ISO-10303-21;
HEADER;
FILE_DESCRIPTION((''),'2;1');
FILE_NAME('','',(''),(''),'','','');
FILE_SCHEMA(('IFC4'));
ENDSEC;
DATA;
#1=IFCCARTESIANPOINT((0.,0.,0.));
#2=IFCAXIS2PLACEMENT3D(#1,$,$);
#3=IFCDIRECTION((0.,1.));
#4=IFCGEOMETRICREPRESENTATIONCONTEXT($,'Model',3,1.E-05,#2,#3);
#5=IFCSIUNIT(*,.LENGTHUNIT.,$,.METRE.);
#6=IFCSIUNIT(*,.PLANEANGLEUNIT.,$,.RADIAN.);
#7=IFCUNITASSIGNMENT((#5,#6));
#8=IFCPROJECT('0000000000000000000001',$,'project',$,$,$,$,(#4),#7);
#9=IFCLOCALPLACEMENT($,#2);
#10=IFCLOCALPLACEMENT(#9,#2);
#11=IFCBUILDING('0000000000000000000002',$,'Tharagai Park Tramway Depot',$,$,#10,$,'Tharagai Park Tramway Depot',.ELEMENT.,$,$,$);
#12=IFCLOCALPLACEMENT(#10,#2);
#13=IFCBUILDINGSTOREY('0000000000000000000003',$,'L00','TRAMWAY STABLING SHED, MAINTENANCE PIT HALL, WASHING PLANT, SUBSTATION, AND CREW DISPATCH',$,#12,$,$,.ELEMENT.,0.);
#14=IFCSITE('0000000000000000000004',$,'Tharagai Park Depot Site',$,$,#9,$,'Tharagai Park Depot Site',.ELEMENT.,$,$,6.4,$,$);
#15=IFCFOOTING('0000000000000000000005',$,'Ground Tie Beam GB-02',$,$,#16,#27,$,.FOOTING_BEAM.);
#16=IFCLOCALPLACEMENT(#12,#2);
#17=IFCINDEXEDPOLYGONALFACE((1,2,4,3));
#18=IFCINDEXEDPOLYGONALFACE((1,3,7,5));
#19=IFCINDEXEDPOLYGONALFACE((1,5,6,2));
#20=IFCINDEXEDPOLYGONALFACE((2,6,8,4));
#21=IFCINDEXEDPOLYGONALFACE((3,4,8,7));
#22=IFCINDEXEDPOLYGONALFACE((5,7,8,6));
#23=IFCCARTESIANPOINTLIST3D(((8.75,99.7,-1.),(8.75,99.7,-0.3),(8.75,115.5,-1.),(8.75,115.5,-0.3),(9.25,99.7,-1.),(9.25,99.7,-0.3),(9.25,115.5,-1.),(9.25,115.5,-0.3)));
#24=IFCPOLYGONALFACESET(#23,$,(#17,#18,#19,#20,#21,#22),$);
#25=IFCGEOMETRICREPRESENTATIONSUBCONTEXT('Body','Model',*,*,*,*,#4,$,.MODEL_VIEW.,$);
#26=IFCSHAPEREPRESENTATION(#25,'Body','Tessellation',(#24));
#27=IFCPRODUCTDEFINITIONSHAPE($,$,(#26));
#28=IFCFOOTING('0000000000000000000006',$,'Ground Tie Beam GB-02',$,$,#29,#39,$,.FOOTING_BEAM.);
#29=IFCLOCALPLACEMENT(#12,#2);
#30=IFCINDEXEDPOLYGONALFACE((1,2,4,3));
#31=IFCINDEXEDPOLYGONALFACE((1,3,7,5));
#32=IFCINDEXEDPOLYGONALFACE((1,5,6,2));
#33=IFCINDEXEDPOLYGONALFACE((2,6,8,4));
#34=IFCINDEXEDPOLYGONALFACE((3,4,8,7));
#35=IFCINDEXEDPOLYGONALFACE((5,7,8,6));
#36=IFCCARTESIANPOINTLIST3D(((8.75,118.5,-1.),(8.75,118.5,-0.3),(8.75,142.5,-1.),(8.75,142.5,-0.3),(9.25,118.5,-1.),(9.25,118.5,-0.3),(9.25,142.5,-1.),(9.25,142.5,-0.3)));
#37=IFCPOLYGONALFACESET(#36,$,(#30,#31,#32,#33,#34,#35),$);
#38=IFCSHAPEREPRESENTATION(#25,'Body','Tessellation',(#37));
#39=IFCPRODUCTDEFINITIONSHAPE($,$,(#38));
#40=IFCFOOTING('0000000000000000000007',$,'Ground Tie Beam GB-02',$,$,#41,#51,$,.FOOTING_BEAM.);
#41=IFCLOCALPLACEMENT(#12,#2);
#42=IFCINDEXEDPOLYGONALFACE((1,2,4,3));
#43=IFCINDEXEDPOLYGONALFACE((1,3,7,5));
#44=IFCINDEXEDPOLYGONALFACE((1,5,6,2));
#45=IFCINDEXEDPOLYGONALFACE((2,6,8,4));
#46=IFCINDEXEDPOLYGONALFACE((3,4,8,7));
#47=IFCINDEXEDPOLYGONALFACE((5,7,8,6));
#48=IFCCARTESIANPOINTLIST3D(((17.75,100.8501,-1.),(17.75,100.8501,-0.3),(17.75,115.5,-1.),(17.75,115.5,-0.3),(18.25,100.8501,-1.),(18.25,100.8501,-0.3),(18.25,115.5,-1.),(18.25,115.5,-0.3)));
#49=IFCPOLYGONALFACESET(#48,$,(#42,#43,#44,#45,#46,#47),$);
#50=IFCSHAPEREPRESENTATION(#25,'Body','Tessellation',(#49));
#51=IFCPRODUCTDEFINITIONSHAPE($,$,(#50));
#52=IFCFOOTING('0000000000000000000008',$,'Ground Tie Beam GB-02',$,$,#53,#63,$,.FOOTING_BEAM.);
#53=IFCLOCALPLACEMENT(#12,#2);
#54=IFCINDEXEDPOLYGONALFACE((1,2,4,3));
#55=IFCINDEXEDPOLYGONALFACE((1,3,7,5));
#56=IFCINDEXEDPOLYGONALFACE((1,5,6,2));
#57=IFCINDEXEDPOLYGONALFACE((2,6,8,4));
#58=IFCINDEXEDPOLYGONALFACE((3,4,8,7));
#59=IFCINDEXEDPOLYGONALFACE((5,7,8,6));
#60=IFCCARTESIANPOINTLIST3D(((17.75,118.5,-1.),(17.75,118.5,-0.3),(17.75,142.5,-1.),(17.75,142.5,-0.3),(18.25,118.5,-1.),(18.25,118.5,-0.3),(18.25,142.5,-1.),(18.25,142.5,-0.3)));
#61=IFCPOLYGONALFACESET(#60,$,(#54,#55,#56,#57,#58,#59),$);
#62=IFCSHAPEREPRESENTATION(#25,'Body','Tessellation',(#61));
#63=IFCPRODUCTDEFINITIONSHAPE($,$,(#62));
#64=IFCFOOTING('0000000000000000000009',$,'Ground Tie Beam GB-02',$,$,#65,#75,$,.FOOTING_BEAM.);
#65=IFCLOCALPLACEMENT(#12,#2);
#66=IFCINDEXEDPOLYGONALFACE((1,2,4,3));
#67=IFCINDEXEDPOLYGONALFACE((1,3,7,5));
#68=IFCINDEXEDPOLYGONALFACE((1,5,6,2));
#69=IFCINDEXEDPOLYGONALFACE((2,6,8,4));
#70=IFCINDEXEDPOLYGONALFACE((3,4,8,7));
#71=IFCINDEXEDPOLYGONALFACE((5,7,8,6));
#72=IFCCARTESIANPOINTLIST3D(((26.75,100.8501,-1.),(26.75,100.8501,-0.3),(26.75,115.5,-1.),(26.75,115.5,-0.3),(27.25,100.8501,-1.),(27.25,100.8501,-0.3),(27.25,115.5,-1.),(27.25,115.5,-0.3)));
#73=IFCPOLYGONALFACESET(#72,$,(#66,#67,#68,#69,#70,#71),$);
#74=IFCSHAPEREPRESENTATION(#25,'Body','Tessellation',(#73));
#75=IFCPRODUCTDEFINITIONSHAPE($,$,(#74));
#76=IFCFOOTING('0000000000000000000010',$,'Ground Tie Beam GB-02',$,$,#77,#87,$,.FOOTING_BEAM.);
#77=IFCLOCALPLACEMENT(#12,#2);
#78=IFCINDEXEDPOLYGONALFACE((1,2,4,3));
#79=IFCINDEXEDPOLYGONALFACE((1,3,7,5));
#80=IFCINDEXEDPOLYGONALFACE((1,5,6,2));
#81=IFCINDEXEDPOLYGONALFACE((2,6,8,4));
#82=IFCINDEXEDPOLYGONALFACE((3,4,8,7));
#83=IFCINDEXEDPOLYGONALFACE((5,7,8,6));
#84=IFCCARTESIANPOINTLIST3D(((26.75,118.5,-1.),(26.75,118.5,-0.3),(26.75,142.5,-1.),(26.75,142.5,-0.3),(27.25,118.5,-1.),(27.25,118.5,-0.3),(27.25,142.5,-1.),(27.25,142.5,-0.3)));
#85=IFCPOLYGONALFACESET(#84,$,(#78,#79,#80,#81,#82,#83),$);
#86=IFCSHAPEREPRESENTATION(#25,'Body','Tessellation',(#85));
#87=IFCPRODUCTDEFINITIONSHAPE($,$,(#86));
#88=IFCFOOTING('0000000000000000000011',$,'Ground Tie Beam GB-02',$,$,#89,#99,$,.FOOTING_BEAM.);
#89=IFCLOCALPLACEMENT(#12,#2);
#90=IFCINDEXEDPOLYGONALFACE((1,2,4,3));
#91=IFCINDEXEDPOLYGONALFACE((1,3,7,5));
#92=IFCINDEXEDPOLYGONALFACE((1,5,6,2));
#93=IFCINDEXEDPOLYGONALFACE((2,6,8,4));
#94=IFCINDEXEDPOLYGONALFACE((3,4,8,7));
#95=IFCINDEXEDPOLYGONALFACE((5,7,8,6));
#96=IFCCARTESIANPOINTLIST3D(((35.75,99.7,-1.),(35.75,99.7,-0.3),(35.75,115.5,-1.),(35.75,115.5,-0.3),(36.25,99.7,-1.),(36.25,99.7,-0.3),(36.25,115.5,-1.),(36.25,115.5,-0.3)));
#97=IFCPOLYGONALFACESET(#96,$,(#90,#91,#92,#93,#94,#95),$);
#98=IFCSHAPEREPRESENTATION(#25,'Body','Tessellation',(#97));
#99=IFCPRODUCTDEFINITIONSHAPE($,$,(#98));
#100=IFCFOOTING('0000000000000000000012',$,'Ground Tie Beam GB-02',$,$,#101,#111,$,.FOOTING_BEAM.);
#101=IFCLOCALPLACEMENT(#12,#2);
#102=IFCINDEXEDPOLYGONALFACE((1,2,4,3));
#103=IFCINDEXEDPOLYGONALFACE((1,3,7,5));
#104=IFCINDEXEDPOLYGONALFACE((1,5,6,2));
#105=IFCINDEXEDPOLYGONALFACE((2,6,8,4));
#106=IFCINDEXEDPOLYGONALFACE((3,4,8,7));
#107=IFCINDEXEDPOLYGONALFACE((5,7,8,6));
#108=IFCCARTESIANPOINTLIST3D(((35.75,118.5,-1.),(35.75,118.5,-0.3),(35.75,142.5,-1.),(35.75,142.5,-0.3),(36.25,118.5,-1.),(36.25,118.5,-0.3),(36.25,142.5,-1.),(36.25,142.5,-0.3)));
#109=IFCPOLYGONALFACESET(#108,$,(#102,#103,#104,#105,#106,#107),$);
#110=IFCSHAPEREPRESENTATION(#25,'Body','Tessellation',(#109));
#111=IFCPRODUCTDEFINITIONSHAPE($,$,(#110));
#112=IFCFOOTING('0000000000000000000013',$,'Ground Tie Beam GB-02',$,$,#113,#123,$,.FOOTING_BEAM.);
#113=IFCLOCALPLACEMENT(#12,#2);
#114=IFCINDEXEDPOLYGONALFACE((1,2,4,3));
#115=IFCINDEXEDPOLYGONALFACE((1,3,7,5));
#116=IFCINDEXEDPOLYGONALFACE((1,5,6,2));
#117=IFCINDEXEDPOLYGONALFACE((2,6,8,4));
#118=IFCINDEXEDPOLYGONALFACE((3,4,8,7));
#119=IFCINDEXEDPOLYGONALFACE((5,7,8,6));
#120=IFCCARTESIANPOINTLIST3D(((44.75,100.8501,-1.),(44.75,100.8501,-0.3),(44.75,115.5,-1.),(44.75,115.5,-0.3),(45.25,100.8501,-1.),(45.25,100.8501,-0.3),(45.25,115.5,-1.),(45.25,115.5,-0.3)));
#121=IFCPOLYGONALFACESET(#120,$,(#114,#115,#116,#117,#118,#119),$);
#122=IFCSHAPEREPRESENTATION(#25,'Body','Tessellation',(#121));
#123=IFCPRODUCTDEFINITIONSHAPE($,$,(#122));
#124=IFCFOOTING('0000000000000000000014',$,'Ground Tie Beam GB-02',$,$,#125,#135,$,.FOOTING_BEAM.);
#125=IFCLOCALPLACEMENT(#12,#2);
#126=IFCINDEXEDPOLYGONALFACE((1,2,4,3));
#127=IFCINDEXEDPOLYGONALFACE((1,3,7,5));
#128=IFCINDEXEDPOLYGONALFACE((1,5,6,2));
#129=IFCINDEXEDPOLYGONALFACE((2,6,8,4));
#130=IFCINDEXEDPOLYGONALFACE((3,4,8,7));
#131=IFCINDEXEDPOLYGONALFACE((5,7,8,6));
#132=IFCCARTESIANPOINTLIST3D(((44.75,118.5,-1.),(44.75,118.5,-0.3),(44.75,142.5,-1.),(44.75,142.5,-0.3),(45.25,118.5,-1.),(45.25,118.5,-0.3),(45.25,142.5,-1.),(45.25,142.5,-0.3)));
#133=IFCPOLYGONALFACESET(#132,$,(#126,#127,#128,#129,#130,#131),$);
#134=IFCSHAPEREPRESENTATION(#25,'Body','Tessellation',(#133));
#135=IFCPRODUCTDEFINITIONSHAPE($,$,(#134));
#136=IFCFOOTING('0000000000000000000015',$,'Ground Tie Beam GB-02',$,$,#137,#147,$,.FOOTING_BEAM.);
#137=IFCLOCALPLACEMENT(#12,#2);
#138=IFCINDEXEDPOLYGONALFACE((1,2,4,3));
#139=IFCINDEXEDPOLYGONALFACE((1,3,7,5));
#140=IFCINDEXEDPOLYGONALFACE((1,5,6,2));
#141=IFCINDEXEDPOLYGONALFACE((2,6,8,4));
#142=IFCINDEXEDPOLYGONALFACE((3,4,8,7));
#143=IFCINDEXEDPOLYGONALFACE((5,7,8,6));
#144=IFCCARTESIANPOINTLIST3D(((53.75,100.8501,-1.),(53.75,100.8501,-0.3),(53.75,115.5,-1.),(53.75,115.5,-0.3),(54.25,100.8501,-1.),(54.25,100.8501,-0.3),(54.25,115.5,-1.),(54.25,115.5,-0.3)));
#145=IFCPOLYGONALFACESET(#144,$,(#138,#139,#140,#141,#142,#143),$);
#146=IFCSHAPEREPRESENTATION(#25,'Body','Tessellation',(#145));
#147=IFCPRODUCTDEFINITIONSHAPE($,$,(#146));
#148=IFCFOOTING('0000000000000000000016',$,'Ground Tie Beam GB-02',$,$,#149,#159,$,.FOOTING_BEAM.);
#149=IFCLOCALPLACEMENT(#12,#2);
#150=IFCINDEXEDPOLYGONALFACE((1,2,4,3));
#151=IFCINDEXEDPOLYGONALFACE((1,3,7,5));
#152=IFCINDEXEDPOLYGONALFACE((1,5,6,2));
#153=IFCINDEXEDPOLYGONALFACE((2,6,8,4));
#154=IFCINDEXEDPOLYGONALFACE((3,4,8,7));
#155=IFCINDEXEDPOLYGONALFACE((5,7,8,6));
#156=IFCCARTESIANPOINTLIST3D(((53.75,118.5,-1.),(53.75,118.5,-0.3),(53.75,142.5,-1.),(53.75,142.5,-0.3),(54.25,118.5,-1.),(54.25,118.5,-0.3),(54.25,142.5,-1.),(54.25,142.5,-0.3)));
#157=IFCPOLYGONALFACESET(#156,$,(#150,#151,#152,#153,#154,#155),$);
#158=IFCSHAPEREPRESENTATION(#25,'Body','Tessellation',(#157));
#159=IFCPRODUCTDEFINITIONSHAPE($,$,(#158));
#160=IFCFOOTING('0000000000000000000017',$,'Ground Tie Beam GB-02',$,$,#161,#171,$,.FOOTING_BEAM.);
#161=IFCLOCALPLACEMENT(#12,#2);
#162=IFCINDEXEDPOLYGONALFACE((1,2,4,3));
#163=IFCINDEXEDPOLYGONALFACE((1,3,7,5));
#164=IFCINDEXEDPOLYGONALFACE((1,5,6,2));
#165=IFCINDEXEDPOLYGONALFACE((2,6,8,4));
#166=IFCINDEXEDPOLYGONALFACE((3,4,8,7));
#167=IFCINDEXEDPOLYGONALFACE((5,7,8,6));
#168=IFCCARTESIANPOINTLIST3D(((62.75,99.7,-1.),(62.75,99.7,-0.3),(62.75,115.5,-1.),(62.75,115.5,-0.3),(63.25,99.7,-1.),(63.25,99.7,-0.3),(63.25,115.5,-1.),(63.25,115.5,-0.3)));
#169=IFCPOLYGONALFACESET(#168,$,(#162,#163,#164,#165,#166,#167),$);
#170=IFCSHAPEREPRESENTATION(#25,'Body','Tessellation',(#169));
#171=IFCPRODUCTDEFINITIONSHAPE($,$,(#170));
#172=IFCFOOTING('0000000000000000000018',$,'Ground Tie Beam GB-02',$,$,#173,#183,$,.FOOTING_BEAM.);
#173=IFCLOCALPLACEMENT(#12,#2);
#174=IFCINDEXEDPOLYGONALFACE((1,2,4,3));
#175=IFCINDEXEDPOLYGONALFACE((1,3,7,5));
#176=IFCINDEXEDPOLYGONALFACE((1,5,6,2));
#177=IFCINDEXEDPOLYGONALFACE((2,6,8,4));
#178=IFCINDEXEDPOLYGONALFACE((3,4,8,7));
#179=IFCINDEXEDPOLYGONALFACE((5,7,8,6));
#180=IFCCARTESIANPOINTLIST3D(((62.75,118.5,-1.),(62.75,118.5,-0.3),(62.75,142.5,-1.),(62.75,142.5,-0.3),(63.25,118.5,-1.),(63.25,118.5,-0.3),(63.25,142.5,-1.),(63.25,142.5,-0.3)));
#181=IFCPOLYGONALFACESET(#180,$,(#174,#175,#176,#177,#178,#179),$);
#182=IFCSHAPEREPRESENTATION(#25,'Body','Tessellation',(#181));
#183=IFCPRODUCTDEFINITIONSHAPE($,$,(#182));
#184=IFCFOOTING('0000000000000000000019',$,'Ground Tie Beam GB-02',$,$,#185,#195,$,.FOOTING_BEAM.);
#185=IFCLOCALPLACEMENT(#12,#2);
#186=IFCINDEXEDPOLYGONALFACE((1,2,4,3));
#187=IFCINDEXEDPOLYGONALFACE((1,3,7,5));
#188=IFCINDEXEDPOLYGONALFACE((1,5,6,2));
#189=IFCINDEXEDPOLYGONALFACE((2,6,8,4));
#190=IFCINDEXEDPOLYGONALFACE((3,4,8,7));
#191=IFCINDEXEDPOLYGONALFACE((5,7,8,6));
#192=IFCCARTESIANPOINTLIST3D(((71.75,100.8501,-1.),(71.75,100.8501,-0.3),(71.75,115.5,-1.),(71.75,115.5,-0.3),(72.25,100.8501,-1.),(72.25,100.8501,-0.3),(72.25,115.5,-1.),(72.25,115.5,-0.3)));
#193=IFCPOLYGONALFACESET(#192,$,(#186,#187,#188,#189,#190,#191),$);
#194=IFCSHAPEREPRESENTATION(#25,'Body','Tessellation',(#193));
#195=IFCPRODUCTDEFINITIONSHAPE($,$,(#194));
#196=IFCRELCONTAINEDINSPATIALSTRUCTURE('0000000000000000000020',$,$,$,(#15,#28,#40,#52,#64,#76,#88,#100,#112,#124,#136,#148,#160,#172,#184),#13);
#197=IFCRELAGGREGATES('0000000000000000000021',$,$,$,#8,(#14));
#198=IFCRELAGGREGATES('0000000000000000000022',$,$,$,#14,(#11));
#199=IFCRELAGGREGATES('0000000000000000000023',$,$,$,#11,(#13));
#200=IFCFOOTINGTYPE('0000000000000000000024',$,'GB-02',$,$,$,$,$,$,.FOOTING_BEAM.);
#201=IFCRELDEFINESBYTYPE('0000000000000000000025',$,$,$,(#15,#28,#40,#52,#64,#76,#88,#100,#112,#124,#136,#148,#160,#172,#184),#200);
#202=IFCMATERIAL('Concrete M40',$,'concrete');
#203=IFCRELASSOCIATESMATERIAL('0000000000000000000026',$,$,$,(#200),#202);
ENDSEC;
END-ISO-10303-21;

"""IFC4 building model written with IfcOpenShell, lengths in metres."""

from ifc_helpers import new_model, si_unit, direction, frame, origin, place, context, subcontext, project, spatial, polyline, outline, extrude, material, type_object, element, save


model = new_model("IFC4")

# Units and contexts
model_context = context("Model", 3, precision=1e-05, world=origin(), true_north=direction((0.0, 1.0)))
body_context = subcontext(model_context, "Body", "Model", "MODEL_VIEW")
ifc_project = project(units=[si_unit("LENGTHUNIT", "METRE"), si_unit("PLANEANGLEUNIT", "RADIAN")], contexts=[model_context])

# Site, building, storey
site_placement = place(None, origin())
site = spatial("IfcSite", under=ifc_project, at=site_placement, Name="Tharagai Park Depot Site", LongName="Tharagai Park Depot Site", CompositionType="ELEMENT", RefElevation=6.4)
building_placement = place(site_placement, origin())
building = spatial("IfcBuilding", under=site, at=building_placement, Name="Tharagai Park Tramway Depot", LongName="Tharagai Park Tramway Depot", CompositionType="ELEMENT")
storey_placement = place(building_placement, origin())
storey = spatial("IfcBuildingStorey", under=building, at=storey_placement, Name="L00", Description="TRAMWAY STABLING SHED, MAINTENANCE PIT HALL, WASHING PLANT, SUBSTATION, AND CREW DISPATCH", CompositionType="ELEMENT", Elevation=0.0)

# Footings
ifc_material = material(Name="Concrete M40", Category="concrete")
footing_type_1 = type_object("IfcFootingType", Name="GB-02", PredefinedType="FOOTING_BEAM", material=ifc_material)
footing_1_placement = place(storey_placement, frame((0.0, 0.0, -1.0)))
element("IfcFooting", 1, at=footing_1_placement, inside=storey, type_object=footing_type_1, Name="Ground Tie Beam GB-02", PredefinedType="FOOTING_BEAM", context=body_context, shape_type="SweptSolid", body=[
    extrude(outline(polyline([(8.75, 99.7), (9.25, 99.7), (9.25, 115.5), (8.75, 115.5), (8.75, 99.7)])), origin(), (0.0, 0.0, 1.0), 0.7),
])
footing_2_placement = place(storey_placement, frame((0.0, 0.0, -1.0)))
element("IfcFooting", 2, at=footing_2_placement, inside=storey, type_object=footing_type_1, Name="Ground Tie Beam GB-02", PredefinedType="FOOTING_BEAM", context=body_context, shape_type="SweptSolid", body=[
    extrude(outline(polyline([(8.75, 118.5), (9.25, 118.5), (9.25, 142.5), (8.75, 142.5), (8.75, 118.5)])), origin(), (0.0, 0.0, 1.0), 0.7),
])
footing_3_placement = place(storey_placement, frame((0.0, 0.0, -1.0)))
element("IfcFooting", 3, at=footing_3_placement, inside=storey, type_object=footing_type_1, Name="Ground Tie Beam GB-02", PredefinedType="FOOTING_BEAM", context=body_context, shape_type="SweptSolid", body=[
    extrude(outline(polyline([(17.75, 100.8501), (18.25, 100.8501), (18.25, 115.5), (17.75, 115.5), (17.75, 100.8501)])), origin(), (0.0, 0.0, 1.0), 0.7),
])
footing_4_placement = place(storey_placement, frame((0.0, 0.0, -1.0)))
element("IfcFooting", 4, at=footing_4_placement, inside=storey, type_object=footing_type_1, Name="Ground Tie Beam GB-02", PredefinedType="FOOTING_BEAM", context=body_context, shape_type="SweptSolid", body=[
    extrude(outline(polyline([(17.75, 118.5), (18.25, 118.5), (18.25, 142.5), (17.75, 142.5), (17.75, 118.5)])), origin(), (0.0, 0.0, 1.0), 0.7),
])
footing_5_placement = place(storey_placement, frame((0.0, 0.0, -1.0)))
element("IfcFooting", 5, at=footing_5_placement, inside=storey, type_object=footing_type_1, Name="Ground Tie Beam GB-02", PredefinedType="FOOTING_BEAM", context=body_context, shape_type="SweptSolid", body=[
    extrude(outline(polyline([(26.75, 100.8501), (27.25, 100.8501), (27.25, 115.5), (26.75, 115.5), (26.75, 100.8501)])), origin(), (0.0, 0.0, 1.0), 0.7),
])
footing_6_placement = place(storey_placement, frame((0.0, 0.0, -1.0)))
element("IfcFooting", 6, at=footing_6_placement, inside=storey, type_object=footing_type_1, Name="Ground Tie Beam GB-02", PredefinedType="FOOTING_BEAM", context=body_context, shape_type="SweptSolid", body=[
    extrude(outline(polyline([(26.75, 118.5), (27.25, 118.5), (27.25, 142.5), (26.75, 142.5), (26.75, 118.5)])), origin(), (0.0, 0.0, 1.0), 0.7),
])
footing_7_placement = place(storey_placement, frame((0.0, 0.0, -1.0)))
element("IfcFooting", 7, at=footing_7_placement, inside=storey, type_object=footing_type_1, Name="Ground Tie Beam GB-02", PredefinedType="FOOTING_BEAM", context=body_context, shape_type="SweptSolid", body=[
    extrude(outline(polyline([(35.75, 99.7), (36.25, 99.7), (36.25, 115.5), (35.75, 115.5), (35.75, 99.7)])), origin(), (0.0, 0.0, 1.0), 0.7),
])
footing_8_placement = place(storey_placement, frame((0.0, 0.0, -1.0)))
element("IfcFooting", 8, at=footing_8_placement, inside=storey, type_object=footing_type_1, Name="Ground Tie Beam GB-02", PredefinedType="FOOTING_BEAM", context=body_context, shape_type="SweptSolid", body=[
    extrude(outline(polyline([(35.75, 118.5), (36.25, 118.5), (36.25, 142.5), (35.75, 142.5), (35.75, 118.5)])), origin(), (0.0, 0.0, 1.0), 0.7),
])
footing_9_placement = place(storey_placement, frame((0.0, 0.0, -1.0)))
element("IfcFooting", 9, at=footing_9_placement, inside=storey, type_object=footing_type_1, Name="Ground Tie Beam GB-02", PredefinedType="FOOTING_BEAM", context=body_context, shape_type="SweptSolid", body=[
    extrude(outline(polyline([(44.75, 100.8501), (45.25, 100.8501), (45.25, 115.5), (44.75, 115.5), (44.75, 100.8501)])), origin(), (0.0, 0.0, 1.0), 0.7),
])
footing_10_placement = place(storey_placement, frame((0.0, 0.0, -1.0)))
element("IfcFooting", 10, at=footing_10_placement, inside=storey, type_object=footing_type_1, Name="Ground Tie Beam GB-02", PredefinedType="FOOTING_BEAM", context=body_context, shape_type="SweptSolid", body=[
    extrude(outline(polyline([(44.75, 118.5), (45.25, 118.5), (45.25, 142.5), (44.75, 142.5), (44.75, 118.5)])), origin(), (0.0, 0.0, 1.0), 0.7),
])
footing_11_placement = place(storey_placement, frame((0.0, 0.0, -1.0)))
element("IfcFooting", 11, at=footing_11_placement, inside=storey, type_object=footing_type_1, Name="Ground Tie Beam GB-02", PredefinedType="FOOTING_BEAM", context=body_context, shape_type="SweptSolid", body=[
    extrude(outline(polyline([(53.75, 100.8501), (54.25, 100.8501), (54.25, 115.5), (53.75, 115.5), (53.75, 100.8501)])), origin(), (0.0, 0.0, 1.0), 0.7),
])
footing_12_placement = place(storey_placement, frame((0.0, 0.0, -1.0)))
element("IfcFooting", 12, at=footing_12_placement, inside=storey, type_object=footing_type_1, Name="Ground Tie Beam GB-02", PredefinedType="FOOTING_BEAM", context=body_context, shape_type="SweptSolid", body=[
    extrude(outline(polyline([(53.75, 118.5), (54.25, 118.5), (54.25, 142.5), (53.75, 142.5), (53.75, 118.5)])), origin(), (0.0, 0.0, 1.0), 0.7),
])
footing_13_placement = place(storey_placement, frame((0.0, 0.0, -1.0)))
element("IfcFooting", 13, at=footing_13_placement, inside=storey, type_object=footing_type_1, Name="Ground Tie Beam GB-02", PredefinedType="FOOTING_BEAM", context=body_context, shape_type="SweptSolid", body=[
    extrude(outline(polyline([(62.75, 99.7), (63.25, 99.7), (63.25, 115.5), (62.75, 115.5), (62.75, 99.7)])), origin(), (0.0, 0.0, 1.0), 0.7),
])
footing_14_placement = place(storey_placement, frame((0.0, 0.0, -1.0)))
element("IfcFooting", 14, at=footing_14_placement, inside=storey, type_object=footing_type_1, Name="Ground Tie Beam GB-02", PredefinedType="FOOTING_BEAM", context=body_context, shape_type="SweptSolid", body=[
    extrude(outline(polyline([(62.75, 118.5), (63.25, 118.5), (63.25, 142.5), (62.75, 142.5), (62.75, 118.5)])), origin(), (0.0, 0.0, 1.0), 0.7),
])
footing_15_placement = place(storey_placement, frame((0.0, 0.0, -1.0)))
element("IfcFooting", 15, at=footing_15_placement, inside=storey, type_object=footing_type_1, Name="Ground Tie Beam GB-02", PredefinedType="FOOTING_BEAM", context=body_context, shape_type="SweptSolid", body=[
    extrude(outline(polyline([(71.75, 100.8501), (72.25, 100.8501), (72.25, 115.5), (71.75, 115.5), (71.75, 100.8501)])), origin(), (0.0, 0.0, 1.0), 0.7),
])

save(model, "model.ifc")
